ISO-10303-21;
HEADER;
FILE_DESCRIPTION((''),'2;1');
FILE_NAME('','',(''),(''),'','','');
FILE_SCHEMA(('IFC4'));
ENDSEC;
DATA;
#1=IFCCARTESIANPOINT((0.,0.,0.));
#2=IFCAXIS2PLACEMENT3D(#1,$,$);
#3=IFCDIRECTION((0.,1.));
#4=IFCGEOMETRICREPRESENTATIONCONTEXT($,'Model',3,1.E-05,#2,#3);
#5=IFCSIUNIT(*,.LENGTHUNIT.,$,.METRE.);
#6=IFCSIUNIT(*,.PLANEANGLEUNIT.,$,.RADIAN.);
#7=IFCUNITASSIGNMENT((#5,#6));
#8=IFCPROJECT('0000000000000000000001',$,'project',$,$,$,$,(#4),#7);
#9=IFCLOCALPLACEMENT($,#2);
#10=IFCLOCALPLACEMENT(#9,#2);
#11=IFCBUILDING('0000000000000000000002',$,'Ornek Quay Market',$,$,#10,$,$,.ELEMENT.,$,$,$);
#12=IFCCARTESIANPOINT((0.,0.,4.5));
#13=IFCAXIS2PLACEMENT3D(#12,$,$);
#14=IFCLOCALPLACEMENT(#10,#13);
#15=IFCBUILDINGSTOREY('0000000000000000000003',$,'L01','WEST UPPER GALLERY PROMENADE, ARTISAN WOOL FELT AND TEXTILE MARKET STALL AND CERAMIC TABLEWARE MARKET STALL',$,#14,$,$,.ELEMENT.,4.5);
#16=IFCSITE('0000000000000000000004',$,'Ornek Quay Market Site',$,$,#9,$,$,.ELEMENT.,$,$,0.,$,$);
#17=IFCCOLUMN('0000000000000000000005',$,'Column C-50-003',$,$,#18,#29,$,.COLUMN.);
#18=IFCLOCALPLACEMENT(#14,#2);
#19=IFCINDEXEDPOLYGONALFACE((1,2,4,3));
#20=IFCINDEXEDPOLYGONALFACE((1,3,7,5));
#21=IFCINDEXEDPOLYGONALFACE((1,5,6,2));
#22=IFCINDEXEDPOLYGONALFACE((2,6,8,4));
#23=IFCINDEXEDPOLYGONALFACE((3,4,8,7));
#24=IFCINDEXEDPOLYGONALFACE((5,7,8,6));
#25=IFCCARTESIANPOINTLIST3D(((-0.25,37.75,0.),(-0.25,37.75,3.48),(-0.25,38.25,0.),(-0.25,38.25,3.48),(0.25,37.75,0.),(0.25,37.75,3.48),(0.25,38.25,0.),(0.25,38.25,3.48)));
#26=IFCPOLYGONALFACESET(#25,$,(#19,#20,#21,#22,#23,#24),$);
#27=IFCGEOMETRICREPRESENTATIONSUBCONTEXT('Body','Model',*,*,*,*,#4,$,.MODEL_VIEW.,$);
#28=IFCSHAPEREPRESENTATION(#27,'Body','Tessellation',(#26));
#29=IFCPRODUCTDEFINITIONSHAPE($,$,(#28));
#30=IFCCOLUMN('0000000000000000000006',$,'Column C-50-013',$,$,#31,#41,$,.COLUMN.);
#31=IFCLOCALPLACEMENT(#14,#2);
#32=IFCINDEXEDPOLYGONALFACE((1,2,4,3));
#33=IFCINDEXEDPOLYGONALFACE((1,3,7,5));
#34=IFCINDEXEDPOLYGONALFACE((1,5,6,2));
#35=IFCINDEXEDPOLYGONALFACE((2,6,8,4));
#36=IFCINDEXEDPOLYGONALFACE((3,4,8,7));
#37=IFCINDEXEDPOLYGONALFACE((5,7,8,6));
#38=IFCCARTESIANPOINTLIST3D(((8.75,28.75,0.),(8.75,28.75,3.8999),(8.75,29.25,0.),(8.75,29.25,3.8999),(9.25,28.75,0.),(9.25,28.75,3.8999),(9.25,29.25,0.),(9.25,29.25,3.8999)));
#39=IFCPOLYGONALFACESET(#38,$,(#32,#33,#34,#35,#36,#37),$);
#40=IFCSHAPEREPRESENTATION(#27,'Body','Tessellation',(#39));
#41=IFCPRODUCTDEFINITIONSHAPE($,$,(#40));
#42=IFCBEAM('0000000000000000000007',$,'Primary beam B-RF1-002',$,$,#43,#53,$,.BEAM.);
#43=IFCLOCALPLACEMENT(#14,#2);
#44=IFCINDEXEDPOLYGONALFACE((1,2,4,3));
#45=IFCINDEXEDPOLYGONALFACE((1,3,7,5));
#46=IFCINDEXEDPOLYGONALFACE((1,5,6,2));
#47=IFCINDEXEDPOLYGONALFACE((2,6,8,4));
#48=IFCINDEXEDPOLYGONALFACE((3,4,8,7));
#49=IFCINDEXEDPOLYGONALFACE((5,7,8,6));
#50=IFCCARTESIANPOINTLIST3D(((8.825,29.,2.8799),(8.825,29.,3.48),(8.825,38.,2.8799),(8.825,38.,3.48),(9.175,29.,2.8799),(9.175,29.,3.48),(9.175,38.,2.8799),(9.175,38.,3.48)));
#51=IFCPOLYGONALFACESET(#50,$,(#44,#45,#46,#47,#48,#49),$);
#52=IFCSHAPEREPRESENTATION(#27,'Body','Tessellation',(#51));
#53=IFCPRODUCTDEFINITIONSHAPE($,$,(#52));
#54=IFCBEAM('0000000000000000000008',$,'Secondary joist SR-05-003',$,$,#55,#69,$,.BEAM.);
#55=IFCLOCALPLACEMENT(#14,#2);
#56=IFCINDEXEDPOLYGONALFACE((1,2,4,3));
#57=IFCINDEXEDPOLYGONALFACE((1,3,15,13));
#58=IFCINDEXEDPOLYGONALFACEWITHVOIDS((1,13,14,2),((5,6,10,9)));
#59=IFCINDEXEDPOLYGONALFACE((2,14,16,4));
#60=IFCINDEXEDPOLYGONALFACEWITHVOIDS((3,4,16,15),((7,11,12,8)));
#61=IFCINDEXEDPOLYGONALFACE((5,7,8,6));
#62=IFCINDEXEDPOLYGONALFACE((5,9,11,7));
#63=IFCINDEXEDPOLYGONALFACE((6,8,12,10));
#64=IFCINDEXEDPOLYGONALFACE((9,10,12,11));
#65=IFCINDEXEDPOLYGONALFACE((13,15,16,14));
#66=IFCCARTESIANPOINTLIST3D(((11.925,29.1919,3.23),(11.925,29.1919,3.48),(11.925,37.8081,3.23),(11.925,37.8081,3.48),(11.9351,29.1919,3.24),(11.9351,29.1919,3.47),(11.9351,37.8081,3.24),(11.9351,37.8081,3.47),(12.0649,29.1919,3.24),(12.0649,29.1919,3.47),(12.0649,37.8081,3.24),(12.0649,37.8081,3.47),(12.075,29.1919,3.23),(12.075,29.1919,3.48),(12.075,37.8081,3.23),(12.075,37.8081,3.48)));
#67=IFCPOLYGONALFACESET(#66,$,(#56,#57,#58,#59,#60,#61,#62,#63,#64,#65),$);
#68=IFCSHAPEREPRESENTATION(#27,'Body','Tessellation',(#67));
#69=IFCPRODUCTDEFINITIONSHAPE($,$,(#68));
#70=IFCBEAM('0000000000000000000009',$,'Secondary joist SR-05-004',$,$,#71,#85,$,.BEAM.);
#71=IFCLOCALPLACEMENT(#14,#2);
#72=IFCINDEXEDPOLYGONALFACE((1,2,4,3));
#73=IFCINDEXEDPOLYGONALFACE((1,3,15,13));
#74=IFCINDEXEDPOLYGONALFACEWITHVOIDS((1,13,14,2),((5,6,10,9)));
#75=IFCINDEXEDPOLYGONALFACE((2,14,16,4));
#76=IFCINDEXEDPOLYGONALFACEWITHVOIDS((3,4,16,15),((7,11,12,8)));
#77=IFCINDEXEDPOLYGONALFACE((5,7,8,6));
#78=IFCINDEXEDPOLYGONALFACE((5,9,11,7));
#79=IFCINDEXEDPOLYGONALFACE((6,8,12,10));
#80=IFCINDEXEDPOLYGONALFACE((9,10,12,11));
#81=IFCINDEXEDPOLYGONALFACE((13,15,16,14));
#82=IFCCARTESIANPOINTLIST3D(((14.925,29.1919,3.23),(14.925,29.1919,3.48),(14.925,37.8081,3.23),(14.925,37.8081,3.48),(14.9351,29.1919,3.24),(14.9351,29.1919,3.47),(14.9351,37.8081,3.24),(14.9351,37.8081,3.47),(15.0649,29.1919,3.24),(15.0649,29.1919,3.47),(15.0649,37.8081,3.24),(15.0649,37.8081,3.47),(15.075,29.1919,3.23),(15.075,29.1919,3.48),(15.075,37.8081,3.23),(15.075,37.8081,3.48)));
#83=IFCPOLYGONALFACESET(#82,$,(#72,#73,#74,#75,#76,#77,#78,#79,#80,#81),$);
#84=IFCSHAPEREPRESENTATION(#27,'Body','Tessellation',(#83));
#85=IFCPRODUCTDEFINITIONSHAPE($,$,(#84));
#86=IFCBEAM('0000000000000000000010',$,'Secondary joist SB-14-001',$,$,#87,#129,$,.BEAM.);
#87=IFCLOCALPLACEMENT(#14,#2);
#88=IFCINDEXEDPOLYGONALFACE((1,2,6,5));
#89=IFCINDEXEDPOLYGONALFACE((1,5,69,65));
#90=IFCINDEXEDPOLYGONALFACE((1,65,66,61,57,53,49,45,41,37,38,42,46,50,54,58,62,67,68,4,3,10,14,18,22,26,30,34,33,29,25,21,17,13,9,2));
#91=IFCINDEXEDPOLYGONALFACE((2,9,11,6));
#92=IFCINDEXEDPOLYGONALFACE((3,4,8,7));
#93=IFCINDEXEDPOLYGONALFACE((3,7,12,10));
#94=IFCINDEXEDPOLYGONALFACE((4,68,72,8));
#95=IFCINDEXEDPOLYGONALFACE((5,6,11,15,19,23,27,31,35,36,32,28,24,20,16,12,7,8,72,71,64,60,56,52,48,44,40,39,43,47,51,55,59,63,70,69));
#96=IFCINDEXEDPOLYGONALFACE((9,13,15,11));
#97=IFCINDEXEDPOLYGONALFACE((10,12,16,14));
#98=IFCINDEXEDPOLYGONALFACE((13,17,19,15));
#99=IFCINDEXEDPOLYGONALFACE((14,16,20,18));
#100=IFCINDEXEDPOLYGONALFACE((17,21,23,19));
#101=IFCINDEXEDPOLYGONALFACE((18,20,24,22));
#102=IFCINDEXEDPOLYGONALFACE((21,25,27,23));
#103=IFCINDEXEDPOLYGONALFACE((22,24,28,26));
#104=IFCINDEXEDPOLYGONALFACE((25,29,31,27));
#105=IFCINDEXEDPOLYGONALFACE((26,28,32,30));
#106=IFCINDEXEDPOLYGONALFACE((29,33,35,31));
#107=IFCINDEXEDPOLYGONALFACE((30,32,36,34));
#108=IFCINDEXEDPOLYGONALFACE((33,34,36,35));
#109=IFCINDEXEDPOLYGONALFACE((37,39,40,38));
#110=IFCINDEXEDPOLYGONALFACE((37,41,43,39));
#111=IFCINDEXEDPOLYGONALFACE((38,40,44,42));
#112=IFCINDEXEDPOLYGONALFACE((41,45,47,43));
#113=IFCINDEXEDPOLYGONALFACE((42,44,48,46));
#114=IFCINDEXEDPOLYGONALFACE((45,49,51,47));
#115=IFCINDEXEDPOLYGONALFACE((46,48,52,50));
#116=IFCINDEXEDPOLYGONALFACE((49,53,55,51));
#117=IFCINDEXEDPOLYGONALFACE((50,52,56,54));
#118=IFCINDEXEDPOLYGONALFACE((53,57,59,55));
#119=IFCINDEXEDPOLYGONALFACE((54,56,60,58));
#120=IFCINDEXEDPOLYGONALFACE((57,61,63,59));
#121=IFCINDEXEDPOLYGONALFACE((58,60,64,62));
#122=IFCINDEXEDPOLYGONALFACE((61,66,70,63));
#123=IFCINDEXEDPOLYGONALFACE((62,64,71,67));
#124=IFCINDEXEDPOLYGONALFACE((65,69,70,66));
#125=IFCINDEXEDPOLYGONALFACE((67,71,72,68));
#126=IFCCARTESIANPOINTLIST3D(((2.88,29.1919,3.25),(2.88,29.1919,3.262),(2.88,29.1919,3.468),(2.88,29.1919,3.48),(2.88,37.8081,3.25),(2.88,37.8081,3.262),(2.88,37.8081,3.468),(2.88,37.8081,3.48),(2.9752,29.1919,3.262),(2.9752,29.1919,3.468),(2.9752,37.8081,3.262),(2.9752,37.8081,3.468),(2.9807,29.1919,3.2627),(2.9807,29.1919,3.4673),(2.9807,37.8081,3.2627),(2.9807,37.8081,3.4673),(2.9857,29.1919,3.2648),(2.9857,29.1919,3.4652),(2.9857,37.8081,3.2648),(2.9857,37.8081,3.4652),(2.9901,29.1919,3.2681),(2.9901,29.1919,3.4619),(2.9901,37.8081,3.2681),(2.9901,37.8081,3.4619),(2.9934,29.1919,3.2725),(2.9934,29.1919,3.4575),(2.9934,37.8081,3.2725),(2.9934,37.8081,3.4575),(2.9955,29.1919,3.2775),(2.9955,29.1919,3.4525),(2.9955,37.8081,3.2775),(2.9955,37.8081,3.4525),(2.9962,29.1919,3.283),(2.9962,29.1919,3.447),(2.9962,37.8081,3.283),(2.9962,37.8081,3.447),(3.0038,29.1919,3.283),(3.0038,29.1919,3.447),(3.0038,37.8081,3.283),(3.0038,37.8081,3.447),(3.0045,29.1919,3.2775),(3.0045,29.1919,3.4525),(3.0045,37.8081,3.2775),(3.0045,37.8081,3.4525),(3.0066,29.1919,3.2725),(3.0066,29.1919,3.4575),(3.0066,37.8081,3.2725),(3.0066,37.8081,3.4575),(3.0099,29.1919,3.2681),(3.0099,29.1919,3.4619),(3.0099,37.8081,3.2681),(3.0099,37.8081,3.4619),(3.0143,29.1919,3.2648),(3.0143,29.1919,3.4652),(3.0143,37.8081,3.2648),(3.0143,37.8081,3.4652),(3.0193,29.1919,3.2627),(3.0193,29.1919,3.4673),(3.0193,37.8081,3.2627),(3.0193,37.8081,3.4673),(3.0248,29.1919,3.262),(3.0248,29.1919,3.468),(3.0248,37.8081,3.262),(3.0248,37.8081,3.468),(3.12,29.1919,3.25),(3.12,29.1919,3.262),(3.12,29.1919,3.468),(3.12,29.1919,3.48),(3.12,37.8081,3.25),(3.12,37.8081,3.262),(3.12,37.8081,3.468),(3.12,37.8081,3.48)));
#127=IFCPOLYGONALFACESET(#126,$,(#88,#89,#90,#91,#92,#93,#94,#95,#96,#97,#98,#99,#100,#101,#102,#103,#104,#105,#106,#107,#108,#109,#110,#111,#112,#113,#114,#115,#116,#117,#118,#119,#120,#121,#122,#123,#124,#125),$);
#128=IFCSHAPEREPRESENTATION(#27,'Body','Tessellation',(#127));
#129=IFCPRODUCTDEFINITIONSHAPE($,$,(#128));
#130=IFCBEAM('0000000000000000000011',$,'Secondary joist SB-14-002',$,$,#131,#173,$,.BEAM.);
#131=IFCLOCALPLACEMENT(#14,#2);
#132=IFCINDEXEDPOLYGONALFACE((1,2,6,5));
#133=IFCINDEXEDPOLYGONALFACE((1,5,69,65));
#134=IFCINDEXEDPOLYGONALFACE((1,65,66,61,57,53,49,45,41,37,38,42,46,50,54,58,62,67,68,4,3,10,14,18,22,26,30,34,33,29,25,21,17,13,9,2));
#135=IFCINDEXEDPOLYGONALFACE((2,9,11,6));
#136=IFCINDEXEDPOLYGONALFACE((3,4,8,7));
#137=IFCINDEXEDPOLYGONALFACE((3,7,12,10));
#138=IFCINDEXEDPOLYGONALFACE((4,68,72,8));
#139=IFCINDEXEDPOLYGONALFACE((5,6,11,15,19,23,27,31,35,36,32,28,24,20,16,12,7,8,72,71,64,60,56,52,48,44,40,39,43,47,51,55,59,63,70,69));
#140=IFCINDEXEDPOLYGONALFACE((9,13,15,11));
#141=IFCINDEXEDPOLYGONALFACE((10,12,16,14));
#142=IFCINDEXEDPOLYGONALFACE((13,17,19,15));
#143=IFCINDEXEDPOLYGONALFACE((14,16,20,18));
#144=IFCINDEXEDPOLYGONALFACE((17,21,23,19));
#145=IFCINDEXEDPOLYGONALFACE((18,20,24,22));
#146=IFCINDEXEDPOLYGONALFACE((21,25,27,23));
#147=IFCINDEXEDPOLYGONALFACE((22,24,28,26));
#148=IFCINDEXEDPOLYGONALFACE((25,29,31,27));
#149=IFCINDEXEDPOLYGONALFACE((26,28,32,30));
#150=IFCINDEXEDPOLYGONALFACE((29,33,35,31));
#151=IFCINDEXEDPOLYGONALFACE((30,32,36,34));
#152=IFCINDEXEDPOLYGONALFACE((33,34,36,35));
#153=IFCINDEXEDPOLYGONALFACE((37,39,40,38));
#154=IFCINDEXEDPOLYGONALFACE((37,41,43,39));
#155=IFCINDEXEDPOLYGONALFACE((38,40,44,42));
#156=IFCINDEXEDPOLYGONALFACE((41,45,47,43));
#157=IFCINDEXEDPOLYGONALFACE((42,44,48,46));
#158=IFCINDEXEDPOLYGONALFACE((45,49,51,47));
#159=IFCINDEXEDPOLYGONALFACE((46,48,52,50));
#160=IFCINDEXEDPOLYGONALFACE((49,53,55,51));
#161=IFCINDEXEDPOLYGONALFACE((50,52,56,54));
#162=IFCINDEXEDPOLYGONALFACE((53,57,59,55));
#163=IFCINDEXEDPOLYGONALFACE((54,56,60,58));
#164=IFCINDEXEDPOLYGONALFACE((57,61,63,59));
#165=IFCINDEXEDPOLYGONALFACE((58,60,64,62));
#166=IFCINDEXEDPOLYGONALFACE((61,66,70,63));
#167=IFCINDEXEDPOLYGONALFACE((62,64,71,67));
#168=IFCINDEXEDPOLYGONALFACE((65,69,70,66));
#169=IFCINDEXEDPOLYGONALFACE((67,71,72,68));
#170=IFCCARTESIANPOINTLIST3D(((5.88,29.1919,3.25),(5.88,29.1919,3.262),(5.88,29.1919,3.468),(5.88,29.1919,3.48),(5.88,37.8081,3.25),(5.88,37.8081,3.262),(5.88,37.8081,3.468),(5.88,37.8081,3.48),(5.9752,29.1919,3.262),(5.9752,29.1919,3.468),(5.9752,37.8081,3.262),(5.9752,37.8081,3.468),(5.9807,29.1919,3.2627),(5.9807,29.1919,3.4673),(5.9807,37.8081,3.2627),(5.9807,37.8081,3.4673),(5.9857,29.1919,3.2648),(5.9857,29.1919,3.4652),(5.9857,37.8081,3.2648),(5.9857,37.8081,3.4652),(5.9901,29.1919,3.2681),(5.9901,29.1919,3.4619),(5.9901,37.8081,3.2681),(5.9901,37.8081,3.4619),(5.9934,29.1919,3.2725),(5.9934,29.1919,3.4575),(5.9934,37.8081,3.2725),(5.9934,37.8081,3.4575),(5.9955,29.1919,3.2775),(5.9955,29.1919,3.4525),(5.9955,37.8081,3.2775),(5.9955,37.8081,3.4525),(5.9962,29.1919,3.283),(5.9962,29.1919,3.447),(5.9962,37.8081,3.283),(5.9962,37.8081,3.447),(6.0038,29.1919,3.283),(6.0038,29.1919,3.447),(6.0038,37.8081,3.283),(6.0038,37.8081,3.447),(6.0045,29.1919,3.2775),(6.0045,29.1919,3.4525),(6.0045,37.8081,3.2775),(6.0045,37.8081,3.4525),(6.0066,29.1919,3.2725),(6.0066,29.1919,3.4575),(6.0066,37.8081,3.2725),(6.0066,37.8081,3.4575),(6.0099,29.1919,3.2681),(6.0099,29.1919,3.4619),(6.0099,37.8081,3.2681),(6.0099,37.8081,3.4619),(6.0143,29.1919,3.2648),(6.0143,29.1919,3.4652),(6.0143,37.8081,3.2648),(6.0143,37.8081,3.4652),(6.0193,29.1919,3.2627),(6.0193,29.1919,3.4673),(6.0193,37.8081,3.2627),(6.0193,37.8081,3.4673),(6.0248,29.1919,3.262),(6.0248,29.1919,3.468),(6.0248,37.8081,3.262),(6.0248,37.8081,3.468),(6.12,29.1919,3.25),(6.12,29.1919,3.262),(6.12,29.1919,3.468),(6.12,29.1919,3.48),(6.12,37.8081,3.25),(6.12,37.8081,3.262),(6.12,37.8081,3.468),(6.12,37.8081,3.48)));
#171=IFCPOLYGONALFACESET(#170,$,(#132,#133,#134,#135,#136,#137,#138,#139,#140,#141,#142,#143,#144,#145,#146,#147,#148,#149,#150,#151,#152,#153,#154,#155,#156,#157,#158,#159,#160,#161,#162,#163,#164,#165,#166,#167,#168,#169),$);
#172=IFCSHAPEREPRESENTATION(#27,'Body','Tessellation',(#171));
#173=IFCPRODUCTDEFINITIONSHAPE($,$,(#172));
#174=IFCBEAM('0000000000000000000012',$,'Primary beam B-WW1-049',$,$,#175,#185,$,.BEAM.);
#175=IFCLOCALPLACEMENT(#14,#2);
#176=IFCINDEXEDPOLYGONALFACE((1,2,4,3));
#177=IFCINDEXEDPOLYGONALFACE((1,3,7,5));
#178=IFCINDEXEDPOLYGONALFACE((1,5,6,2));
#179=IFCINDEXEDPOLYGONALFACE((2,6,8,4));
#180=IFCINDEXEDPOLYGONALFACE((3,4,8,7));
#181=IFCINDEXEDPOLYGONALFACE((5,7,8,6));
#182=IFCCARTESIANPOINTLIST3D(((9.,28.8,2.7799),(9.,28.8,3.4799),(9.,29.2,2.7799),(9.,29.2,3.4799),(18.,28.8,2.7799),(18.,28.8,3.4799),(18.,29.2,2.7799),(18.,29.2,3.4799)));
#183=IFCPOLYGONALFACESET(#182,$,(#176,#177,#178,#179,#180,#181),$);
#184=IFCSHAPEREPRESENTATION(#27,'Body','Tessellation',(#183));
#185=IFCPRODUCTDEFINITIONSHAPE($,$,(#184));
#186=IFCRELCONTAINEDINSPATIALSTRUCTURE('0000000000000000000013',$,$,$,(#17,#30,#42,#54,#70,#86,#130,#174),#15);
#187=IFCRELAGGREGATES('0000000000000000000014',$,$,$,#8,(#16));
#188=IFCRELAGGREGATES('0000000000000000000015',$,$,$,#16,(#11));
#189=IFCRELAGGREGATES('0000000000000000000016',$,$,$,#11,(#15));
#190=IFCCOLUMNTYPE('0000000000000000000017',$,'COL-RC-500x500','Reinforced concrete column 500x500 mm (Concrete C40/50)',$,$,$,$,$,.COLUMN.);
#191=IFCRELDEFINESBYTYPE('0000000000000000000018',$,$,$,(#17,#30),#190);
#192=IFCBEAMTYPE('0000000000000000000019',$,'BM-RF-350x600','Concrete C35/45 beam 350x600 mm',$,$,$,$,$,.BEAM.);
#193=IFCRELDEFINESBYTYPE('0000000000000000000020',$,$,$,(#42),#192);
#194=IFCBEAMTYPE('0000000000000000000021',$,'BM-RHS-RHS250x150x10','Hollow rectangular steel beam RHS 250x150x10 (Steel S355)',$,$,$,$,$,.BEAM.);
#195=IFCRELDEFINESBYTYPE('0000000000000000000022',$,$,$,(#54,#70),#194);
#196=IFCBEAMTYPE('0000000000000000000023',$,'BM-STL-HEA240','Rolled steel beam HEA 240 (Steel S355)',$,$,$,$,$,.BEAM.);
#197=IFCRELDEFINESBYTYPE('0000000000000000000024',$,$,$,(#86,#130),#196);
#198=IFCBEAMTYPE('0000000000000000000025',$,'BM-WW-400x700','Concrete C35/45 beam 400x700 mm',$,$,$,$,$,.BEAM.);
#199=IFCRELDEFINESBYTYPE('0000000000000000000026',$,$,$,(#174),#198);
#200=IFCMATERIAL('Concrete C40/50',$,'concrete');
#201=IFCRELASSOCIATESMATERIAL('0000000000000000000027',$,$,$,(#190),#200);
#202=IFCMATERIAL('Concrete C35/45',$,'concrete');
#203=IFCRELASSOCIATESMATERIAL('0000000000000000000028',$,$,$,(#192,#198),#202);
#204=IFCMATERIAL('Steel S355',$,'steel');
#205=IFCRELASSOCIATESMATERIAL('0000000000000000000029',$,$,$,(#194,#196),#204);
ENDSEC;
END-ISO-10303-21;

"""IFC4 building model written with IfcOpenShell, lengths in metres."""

from ifc_helpers import new_model, si_unit, direction, frame, origin, origin_2d, place, context, subcontext, project, spatial, rectangle, hollow_rectangle, i_section, extrude, material, material_profile, profile_set, type_object, element, save


model = new_model("IFC4")

# Units and contexts
model_context = context("Model", 3, precision=1e-05, world=origin(), true_north=direction((0.0, 1.0)))
body_context = subcontext(model_context, "Body", "Model", "MODEL_VIEW")
ifc_project = project(units=[si_unit("LENGTHUNIT", "METRE"), si_unit("PLANEANGLEUNIT", "RADIAN")], contexts=[model_context])

# Site, building, storey
site_placement = place(None, origin())
site = spatial("IfcSite", under=ifc_project, at=site_placement, Name="Ornek Quay Market Site", CompositionType="ELEMENT", RefElevation=0.0)
building_placement = place(site_placement, origin())
building = spatial("IfcBuilding", under=site, at=building_placement, Name="Ornek Quay Market", CompositionType="ELEMENT")
storey_placement = place(building_placement, frame((0.0, 0.0, 4.5)))
storey = spatial("IfcBuildingStorey", under=building, at=storey_placement, Name="L01", Description="WEST UPPER GALLERY PROMENADE, ARTISAN WOOL FELT AND TEXTILE MARKET STALL AND CERAMIC TABLEWARE MARKET STALL", CompositionType="ELEMENT", Elevation=4.5)

# Columns
ifc_material_1 = material(Name="Concrete C40/50", Category="concrete")
ifc_material_profile_1 = material_profile(ifc_material_1, rectangle(XDim=0.5, YDim=0.5, at=origin_2d()), Name="RC 500x500", Category="concrete")
ifc_profile_set_1 = profile_set([ifc_material_profile_1], Name="Concrete C40/50")
column_type = type_object("IfcColumnType", Name="COL-RC-500x500", Description="Reinforced concrete column 500x500 mm (Concrete C40/50)", PredefinedType="COLUMN", material=ifc_profile_set_1)
column_1_placement = place(storey_placement, frame((0.0, 38.0, 0.0), z_axis=(0.0, 0.0, 1.0), x_axis=(1.0, 0.0, 0.0)))
element("IfcColumn", 1, at=column_1_placement, inside=storey, type_object=column_type, Name="Column C-50-003", PredefinedType="COLUMN", context=body_context, shape_type="SweptSolid", body=[
    extrude(rectangle(XDim=0.5, YDim=0.5, at=origin_2d()), origin(), (0.0, 0.0, 1.0), 3.48),
])
column_2_placement = place(storey_placement, frame((9.0, 29.0, 0.0), z_axis=(0.0, 0.0, 1.0), x_axis=(1.0, 0.0, 0.0)))
element("IfcColumn", 2, at=column_2_placement, inside=storey, type_object=column_type, Name="Column C-50-013", PredefinedType="COLUMN", context=body_context, shape_type="SweptSolid", body=[
    extrude(rectangle(XDim=0.5, YDim=0.5, at=origin_2d()), origin(), (0.0, 0.0, 1.0), 3.8999),
])

# Beams
ifc_material_2 = material(Name="Concrete C35/45", Category="concrete")
ifc_material_profile_2 = material_profile(ifc_material_2, rectangle(XDim=0.3501, YDim=0.6001, at=origin_2d()), Name="RC 350x600", Category="concrete")
ifc_profile_set_2 = profile_set([ifc_material_profile_2], Name="Concrete C35/45")
beam_type_1 = type_object("IfcBeamType", Name="BM-RF-350x600", Description="Concrete C35/45 beam 350x600 mm", PredefinedType="BEAM", material=ifc_profile_set_2)
beam_1_placement = place(storey_placement, frame((9.0, 29.0, 3.1799), z_axis=(0.0, 1.0, 0.0), x_axis=(-1.0, 0.0, 0.0)))
element("IfcBeam", 3, at=beam_1_placement, inside=storey, type_object=beam_type_1, Name="Primary beam B-RF1-002", PredefinedType="BEAM", context=body_context, shape_type="SweptSolid", body=[
    extrude(rectangle(XDim=0.3501, YDim=0.6001, at=origin_2d()), origin(), (0.0, 0.0, 1.0), 9.0),
])
ifc_material_3 = material(Name="Steel S355", Category="steel")
ifc_material_profile_3 = material_profile(ifc_material_3, hollow_rectangle(XDim=0.1499, YDim=0.25, WallThickness=0.01, at=origin_2d()), Name="RHS 250x150x10", Category="steel")
ifc_profile_set_3 = profile_set([ifc_material_profile_3], Name="Steel S355")
beam_type_2 = type_object("IfcBeamType", Name="BM-RHS-RHS250x150x10", Description="Hollow rectangular steel beam RHS 250x150x10 (Steel S355)", PredefinedType="BEAM", material=ifc_profile_set_3)
for number, where, z_axis, x_axis, name in (
    (4, (12.0, 29.1919, 3.355), (0.0, 1.0, 0.0), (-1.0, 0.0, 0.0), "Secondary joist SR-05-003"),
    (5, (15.0, 29.1919, 3.355), (0.0, 1.0, 0.0), (-1.0, 0.0, 0.0), "Secondary joist SR-05-004"),
):
    element("IfcBeam", number, at=place(storey_placement, frame(where, z_axis=z_axis, x_axis=x_axis)), inside=storey, type_object=beam_type_2, Name=name, PredefinedType="BEAM", context=body_context, shape_type="SweptSolid", body=[
        extrude(hollow_rectangle(XDim=0.1499, YDim=0.25, WallThickness=0.01, at=origin_2d()), origin(), (0.0, 0.0, 1.0), 8.6162),
    ])
ifc_material_profile_4 = material_profile(ifc_material_3, i_section(OverallWidth=0.24, OverallDepth=0.23, WebThickness=0.0076, FlangeThickness=0.012, FilletRadius=0.021, at=origin_2d()), Name="HEA 240", Category="steel")
ifc_profile_set_4 = profile_set([ifc_material_profile_4], Name="Steel S355")
beam_type_3 = type_object("IfcBeamType", Name="BM-STL-HEA240", Description="Rolled steel beam HEA 240 (Steel S355)", PredefinedType="BEAM", material=ifc_profile_set_4)
for number, where, z_axis, x_axis, name in (
    (6, (3.0, 29.1919, 3.365), (0.0, 1.0, 0.0), (-1.0, 0.0, 0.0), "Secondary joist SB-14-001"),
    (7, (6.0, 29.1919, 3.365), (0.0, 1.0, 0.0), (-1.0, 0.0, 0.0), "Secondary joist SB-14-002"),
):
    element("IfcBeam", number, at=place(storey_placement, frame(where, z_axis=z_axis, x_axis=x_axis)), inside=storey, type_object=beam_type_3, Name=name, PredefinedType="BEAM", context=body_context, shape_type="SweptSolid", body=[
        extrude(i_section(OverallWidth=0.24, OverallDepth=0.23, WebThickness=0.0076, FlangeThickness=0.012, FilletRadius=0.021, at=origin_2d()), origin(), (0.0, 0.0, 1.0), 8.6162),
    ])
ifc_material_profile_5 = material_profile(ifc_material_2, rectangle(XDim=0.3999, YDim=0.7, at=origin_2d()), Name="RC 400x700", Category="concrete")
ifc_profile_set_5 = profile_set([ifc_material_profile_5], Name="Concrete C35/45")
beam_type_4 = type_object("IfcBeamType", Name="BM-WW-400x700", Description="Concrete C35/45 beam 400x700 mm", PredefinedType="BEAM", material=ifc_profile_set_5)
beam_2_placement = place(storey_placement, frame((9.0, 29.0, 3.1299), z_axis=(1.0, 0.0, 0.0), x_axis=(0.0, 1.0, 0.0)))
element("IfcBeam", 8, at=beam_2_placement, inside=storey, type_object=beam_type_4, Name="Primary beam B-WW1-049", PredefinedType="BEAM", context=body_context, shape_type="SweptSolid", body=[
    extrude(rectangle(XDim=0.3999, YDim=0.7, at=origin_2d()), origin(), (0.0, 0.0, 1.0), 9.0),
])

save(model, "model.ifc")
